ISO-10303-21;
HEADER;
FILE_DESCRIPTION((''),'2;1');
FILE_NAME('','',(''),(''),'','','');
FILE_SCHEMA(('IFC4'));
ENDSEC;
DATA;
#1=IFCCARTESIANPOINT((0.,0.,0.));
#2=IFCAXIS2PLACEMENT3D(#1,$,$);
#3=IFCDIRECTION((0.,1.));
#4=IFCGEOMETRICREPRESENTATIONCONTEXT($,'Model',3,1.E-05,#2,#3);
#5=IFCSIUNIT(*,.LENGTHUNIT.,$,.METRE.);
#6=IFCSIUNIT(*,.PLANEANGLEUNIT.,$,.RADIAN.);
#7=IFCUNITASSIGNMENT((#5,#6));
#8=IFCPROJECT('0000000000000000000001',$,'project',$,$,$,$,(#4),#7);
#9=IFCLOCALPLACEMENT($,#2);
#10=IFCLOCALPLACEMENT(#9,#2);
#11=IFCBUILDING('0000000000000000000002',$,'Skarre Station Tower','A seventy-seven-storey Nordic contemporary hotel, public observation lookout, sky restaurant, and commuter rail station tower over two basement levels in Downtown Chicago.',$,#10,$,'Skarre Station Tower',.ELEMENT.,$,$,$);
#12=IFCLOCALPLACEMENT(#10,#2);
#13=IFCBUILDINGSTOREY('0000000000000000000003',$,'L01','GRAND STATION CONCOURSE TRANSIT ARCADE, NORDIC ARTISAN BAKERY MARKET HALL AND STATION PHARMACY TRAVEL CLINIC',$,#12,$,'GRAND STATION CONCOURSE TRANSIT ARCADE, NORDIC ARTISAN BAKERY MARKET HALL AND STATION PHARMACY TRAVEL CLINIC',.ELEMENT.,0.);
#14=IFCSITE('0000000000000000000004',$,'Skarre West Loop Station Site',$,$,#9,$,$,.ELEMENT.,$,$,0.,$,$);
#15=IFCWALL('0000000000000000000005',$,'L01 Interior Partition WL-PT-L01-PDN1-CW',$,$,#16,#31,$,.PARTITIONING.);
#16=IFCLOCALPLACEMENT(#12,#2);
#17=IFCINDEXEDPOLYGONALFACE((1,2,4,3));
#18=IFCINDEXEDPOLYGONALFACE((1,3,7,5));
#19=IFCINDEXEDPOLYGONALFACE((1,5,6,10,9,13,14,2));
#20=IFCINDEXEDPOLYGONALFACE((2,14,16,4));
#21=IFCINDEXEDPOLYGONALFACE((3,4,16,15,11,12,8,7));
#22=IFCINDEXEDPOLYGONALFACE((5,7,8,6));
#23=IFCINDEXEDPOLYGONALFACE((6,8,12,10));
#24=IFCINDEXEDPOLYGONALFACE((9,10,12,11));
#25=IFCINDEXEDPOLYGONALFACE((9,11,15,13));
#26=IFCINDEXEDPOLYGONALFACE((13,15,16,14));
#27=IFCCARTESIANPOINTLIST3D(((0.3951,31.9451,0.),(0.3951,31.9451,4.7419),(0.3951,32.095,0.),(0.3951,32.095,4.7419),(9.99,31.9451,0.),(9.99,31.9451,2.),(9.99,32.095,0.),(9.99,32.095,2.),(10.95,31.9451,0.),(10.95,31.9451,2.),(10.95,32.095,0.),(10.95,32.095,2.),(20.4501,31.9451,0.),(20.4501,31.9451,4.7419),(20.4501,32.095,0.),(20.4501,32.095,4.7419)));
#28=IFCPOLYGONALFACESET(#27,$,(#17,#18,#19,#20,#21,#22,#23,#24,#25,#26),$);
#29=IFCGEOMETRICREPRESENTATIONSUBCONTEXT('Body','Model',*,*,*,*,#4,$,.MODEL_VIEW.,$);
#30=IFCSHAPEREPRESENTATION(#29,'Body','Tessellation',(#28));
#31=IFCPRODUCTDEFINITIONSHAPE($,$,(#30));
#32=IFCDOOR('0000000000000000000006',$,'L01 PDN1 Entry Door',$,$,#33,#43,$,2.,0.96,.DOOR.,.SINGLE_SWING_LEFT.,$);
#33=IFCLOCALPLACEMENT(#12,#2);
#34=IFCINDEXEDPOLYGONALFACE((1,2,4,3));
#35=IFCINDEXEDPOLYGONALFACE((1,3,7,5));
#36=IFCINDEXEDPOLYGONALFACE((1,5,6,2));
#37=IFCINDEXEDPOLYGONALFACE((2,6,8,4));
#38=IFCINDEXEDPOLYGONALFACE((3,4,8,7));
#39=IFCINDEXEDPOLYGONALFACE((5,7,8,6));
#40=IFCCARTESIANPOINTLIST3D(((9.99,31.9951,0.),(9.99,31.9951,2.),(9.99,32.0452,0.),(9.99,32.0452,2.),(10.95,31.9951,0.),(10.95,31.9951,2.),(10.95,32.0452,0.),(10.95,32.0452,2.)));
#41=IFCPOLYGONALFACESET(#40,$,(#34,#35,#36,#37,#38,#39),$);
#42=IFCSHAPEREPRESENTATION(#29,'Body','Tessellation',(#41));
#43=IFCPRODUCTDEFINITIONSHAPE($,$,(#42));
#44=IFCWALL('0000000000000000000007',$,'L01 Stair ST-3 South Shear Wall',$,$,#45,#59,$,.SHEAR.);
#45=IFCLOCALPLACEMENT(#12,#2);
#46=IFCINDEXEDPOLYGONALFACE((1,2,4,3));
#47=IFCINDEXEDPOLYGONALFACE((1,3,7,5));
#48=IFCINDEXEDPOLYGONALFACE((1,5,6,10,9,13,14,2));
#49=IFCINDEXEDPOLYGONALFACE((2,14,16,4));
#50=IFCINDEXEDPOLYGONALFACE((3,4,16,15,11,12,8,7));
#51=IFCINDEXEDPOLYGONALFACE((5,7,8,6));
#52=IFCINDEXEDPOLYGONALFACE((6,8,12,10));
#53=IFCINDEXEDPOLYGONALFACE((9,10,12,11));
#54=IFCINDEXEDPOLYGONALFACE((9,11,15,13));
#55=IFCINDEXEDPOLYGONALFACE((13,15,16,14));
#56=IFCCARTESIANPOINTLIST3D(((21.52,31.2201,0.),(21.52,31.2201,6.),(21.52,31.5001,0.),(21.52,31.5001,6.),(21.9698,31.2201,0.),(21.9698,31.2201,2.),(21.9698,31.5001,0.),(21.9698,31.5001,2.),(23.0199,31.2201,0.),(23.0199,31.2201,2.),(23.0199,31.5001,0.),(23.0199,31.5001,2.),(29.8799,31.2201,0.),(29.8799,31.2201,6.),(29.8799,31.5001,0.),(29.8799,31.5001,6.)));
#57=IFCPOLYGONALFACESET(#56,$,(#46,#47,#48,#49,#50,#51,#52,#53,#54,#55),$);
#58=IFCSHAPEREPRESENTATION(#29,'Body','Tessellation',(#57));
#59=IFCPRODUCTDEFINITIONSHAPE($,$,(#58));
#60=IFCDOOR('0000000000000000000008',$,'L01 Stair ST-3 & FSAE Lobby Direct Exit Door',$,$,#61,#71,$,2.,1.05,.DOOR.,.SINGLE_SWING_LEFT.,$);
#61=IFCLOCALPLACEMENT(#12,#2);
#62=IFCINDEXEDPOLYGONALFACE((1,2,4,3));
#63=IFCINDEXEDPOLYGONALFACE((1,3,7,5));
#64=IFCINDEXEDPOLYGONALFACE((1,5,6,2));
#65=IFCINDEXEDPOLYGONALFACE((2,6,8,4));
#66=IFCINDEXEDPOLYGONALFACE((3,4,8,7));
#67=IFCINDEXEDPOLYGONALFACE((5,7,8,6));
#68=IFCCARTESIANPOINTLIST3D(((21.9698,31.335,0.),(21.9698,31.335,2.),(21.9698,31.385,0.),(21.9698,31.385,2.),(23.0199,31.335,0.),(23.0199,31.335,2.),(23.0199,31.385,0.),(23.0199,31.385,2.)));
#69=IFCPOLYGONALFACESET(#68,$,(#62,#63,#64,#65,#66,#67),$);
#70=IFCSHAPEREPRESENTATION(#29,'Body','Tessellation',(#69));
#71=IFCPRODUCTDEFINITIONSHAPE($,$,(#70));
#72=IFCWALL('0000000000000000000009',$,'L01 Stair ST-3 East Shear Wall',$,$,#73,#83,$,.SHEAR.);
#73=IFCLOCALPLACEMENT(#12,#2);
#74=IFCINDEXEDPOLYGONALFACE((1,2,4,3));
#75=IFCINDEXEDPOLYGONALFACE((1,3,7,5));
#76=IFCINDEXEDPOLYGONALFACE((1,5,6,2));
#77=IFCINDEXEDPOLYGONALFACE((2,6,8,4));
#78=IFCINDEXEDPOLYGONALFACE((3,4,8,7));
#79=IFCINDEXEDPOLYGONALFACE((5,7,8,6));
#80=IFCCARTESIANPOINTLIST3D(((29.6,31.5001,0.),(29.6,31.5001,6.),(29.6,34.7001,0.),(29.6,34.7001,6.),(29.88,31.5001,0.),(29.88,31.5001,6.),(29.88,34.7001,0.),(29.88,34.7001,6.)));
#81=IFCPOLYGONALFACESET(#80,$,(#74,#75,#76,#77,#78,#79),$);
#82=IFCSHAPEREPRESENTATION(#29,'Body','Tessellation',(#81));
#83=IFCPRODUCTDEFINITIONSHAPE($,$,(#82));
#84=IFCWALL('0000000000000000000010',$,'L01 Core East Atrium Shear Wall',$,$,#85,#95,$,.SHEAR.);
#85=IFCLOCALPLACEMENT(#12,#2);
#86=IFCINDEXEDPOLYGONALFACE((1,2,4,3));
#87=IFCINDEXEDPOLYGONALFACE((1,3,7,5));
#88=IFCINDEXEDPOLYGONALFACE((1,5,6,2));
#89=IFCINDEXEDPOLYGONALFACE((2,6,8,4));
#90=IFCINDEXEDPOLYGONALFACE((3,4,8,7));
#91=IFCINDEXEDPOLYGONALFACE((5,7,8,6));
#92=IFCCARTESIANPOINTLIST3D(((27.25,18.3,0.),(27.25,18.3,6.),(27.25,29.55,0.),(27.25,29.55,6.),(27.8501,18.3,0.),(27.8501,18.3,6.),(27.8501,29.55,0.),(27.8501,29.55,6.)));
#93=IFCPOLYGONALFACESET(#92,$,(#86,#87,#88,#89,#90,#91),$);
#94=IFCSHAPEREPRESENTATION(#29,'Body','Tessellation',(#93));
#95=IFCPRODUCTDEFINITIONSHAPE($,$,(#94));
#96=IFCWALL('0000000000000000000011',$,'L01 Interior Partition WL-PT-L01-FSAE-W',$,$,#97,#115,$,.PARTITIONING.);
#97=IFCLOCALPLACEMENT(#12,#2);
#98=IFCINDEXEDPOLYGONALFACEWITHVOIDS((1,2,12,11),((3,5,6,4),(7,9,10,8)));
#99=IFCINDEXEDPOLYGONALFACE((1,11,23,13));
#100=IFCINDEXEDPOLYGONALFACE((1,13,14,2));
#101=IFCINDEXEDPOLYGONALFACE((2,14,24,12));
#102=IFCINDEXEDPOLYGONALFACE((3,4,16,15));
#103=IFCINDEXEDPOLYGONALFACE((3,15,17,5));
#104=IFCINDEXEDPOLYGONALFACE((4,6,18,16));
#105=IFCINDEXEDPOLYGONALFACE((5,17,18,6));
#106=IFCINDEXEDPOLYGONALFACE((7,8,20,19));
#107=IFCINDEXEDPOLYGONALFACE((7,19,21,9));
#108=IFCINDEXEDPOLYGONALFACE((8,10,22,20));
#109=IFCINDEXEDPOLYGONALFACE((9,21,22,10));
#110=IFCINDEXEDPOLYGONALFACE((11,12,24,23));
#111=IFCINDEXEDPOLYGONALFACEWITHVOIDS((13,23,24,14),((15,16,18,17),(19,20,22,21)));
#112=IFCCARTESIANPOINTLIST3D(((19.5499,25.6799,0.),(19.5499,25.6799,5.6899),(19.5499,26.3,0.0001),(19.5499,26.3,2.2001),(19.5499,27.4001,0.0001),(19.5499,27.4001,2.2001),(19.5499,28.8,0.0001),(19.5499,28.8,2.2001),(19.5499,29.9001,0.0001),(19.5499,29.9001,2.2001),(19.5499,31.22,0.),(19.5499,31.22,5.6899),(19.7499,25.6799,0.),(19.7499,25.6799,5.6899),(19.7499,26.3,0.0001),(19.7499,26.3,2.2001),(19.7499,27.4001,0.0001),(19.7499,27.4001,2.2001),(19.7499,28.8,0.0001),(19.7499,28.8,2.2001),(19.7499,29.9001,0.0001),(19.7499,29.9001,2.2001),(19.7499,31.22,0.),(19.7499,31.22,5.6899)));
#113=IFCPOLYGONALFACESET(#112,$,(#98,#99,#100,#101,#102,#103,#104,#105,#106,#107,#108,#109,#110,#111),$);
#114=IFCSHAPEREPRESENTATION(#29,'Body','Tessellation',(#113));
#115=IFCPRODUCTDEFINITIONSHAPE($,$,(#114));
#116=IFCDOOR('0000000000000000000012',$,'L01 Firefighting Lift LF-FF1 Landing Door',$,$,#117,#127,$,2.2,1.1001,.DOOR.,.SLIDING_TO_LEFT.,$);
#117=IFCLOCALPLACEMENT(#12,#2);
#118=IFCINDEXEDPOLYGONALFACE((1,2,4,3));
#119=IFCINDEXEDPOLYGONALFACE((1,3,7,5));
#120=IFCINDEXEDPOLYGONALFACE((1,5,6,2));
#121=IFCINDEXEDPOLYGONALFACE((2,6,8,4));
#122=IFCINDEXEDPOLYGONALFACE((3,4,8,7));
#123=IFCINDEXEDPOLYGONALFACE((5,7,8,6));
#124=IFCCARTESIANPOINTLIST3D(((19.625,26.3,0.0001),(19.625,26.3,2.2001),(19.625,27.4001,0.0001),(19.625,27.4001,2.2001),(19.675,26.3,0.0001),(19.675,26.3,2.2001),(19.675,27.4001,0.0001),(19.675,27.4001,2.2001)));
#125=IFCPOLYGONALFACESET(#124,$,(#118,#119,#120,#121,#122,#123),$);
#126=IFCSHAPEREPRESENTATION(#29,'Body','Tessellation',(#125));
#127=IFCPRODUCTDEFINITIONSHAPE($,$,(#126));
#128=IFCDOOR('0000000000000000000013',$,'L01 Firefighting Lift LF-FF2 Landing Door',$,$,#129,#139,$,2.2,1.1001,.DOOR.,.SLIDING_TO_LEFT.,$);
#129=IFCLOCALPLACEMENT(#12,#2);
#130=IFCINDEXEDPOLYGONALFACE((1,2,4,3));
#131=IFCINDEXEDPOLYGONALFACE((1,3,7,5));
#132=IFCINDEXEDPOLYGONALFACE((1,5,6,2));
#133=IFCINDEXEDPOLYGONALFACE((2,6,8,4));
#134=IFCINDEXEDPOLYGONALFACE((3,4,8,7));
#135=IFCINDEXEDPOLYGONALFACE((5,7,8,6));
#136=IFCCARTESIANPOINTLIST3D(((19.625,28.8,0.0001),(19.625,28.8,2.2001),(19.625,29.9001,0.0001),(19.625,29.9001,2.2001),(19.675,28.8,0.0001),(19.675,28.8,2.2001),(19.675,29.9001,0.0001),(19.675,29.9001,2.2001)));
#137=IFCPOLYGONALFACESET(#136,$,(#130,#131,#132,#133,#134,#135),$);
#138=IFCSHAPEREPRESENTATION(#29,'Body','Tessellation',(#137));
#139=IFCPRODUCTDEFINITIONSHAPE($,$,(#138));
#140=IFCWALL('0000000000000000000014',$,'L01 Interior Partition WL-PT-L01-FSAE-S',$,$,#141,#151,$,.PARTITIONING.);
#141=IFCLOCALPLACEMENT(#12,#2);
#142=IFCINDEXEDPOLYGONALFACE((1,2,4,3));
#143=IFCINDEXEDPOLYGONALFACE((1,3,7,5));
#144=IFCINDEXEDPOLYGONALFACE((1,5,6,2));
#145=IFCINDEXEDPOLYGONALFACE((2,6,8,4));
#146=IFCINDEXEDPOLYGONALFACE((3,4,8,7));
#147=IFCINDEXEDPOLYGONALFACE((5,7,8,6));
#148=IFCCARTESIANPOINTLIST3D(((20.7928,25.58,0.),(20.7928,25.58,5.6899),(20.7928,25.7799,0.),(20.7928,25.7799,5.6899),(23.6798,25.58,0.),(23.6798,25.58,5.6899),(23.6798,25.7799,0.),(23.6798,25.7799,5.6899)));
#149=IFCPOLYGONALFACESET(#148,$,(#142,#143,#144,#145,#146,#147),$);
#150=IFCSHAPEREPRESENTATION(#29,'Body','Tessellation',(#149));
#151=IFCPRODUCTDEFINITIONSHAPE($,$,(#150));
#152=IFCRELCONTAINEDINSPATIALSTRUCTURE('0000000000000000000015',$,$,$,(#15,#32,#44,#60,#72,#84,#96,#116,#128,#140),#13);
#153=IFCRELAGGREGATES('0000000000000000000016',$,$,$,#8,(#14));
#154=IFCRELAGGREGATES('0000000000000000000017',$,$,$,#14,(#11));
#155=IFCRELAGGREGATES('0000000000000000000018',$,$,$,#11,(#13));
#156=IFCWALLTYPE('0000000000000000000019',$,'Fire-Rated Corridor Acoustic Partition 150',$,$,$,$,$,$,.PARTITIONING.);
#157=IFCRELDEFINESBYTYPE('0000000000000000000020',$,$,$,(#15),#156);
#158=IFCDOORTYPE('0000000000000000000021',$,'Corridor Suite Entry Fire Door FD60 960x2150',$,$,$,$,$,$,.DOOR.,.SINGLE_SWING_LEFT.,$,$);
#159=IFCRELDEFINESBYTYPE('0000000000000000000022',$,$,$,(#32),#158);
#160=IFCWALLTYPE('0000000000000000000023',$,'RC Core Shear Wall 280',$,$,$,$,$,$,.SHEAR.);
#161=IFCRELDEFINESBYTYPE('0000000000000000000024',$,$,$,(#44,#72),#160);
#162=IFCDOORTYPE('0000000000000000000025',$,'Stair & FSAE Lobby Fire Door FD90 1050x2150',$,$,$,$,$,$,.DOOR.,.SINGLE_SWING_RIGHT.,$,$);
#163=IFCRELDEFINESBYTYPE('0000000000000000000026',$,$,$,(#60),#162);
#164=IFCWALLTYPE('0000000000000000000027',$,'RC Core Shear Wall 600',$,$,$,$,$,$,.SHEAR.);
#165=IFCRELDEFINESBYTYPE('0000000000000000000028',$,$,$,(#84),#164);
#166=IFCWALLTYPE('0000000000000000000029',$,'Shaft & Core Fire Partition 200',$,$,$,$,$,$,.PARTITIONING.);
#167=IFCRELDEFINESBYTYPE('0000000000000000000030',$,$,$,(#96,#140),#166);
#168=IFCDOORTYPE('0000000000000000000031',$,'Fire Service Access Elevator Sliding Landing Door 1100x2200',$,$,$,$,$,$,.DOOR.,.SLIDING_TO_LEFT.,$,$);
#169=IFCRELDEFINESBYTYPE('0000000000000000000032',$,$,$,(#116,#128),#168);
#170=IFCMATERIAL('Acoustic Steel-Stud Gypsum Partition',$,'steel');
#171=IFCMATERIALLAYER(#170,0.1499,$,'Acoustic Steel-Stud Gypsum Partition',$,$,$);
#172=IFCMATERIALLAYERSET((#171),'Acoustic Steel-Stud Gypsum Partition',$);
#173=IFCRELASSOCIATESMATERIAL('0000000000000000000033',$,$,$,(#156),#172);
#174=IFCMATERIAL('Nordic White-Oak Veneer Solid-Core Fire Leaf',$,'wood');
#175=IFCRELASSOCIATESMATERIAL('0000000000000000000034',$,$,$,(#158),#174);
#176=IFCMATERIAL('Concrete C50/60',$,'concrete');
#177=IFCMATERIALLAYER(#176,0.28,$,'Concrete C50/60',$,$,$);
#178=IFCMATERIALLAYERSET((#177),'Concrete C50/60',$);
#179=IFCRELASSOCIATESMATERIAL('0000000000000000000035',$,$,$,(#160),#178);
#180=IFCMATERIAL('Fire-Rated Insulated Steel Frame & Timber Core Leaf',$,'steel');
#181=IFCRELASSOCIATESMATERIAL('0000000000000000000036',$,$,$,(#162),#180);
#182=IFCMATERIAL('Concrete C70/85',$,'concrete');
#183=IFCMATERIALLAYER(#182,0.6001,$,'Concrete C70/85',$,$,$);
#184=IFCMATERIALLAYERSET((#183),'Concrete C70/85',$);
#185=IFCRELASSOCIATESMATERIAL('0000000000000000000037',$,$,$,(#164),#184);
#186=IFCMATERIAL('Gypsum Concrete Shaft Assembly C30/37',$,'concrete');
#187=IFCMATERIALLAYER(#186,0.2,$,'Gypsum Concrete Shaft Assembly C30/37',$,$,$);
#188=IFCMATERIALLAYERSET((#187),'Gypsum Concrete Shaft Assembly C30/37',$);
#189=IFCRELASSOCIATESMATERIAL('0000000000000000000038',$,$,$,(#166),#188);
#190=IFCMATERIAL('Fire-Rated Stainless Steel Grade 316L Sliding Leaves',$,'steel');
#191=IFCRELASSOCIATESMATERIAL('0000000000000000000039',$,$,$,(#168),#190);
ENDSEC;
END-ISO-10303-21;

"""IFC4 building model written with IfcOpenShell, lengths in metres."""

from ifc_helpers import new_model, si_unit, direction, frame, frame_2d, origin, place, context, subcontext, project, spatial, rectangle, extrude, material, layer, layer_set, type_object, element, fill, save


model = new_model("IFC4")

# Units and contexts
model_context = context("Model", 3, precision=1e-05, world=origin(), true_north=direction((0.0, 1.0)))
body_context = subcontext(model_context, "Body", "Model", "MODEL_VIEW")
ifc_project = project(units=[si_unit("LENGTHUNIT", "METRE"), si_unit("PLANEANGLEUNIT", "RADIAN")], contexts=[model_context])

# Site, building, storey
site_placement = place(None, origin())
site = spatial("IfcSite", under=ifc_project, at=site_placement, Name="Skarre West Loop Station Site", CompositionType="ELEMENT", RefElevation=0.0)
building_placement = place(site_placement, origin())
building = spatial("IfcBuilding", under=site, at=building_placement, Name="Skarre Station Tower", Description="A seventy-seven-storey Nordic contemporary hotel, public observation lookout, sky restaurant, and commuter rail station tower over two basement levels in Downtown Chicago.", LongName="Skarre Station Tower", CompositionType="ELEMENT")
storey_placement = place(building_placement, origin())
storey = spatial("IfcBuildingStorey", under=building, at=storey_placement, Name="L01", Description="GRAND STATION CONCOURSE TRANSIT ARCADE, NORDIC ARTISAN BAKERY MARKET HALL AND STATION PHARMACY TRAVEL CLINIC", LongName="GRAND STATION CONCOURSE TRANSIT ARCADE, NORDIC ARTISAN BAKERY MARKET HALL AND STATION PHARMACY TRAVEL CLINIC", CompositionType="ELEMENT", Elevation=0.0)

# Walls, openings, doors
ifc_material_1 = material(Name="Acoustic Steel-Stud Gypsum Partition", Category="steel")
ifc_layer_1 = layer(ifc_material_1, 0.1499, Name="Acoustic Steel-Stud Gypsum Partition")
ifc_layer_set_1 = layer_set([ifc_layer_1], Name="Acoustic Steel-Stud Gypsum Partition")
wall_type_1 = type_object("IfcWallType", Name="Fire-Rated Corridor Acoustic Partition 150", PredefinedType="PARTITIONING", material=ifc_layer_set_1)
wall_1_placement = place(storey_placement, frame((20.45, 32.02, 0.0), z_axis=(0.0, 0.0, 1.0), x_axis=(-1.0, 0.0, 0.0)))
wall_1 = element("IfcWall", 1, at=wall_1_placement, inside=storey, type_object=wall_type_1, Name="L01 Interior Partition WL-PT-L01-PDN1-CW", PredefinedType="PARTITIONING", context=body_context, shape_type="SweptSolid", body=[
    extrude(rectangle(XDim=20.0549, YDim=0.1499, at=frame_2d((10.0273, 0.0))), origin(), (0.0, 0.0, 1.0), 4.7419),
])
opening_1_placement = place(wall_1_placement, frame((9.5, 0.0, 0.0)))
opening_1 = element("IfcOpeningElement", 2, at=opening_1_placement, cuts=wall_1, PredefinedType="OPENING", context=body_context, shape_type="SweptSolid", body=[
    extrude(rectangle(XDim=0.96, YDim=2.0, at=frame_2d((0.48, 1.0))), frame((0.0, 0.085, 0.0), z_axis=(0.0, -1.0, 0.0), x_axis=(1.0, 0.0, 0.0)), (0.0, 0.0, 1.0), 0.1699),
])
ifc_material_2 = material(Name="Nordic White-Oak Veneer Solid-Core Fire Leaf", Category="wood")
door_type_1 = type_object("IfcDoorType", Name="Corridor Suite Entry Fire Door FD60 960x2150", OperationType="SINGLE_SWING_LEFT", PredefinedType="DOOR", material=ifc_material_2)
door_1_placement = place(opening_1_placement, origin())
door_1 = element("IfcDoor", 3, at=door_1_placement, inside=storey, type_object=door_type_1, Name="L01 PDN1 Entry Door", OperationType="SINGLE_SWING_LEFT", OverallHeight=2.0, OverallWidth=0.96, PredefinedType="DOOR", context=body_context, shape_type="SweptSolid", body=[
    extrude(rectangle(XDim=0.96, YDim=2.0, at=frame_2d((0.48, 1.0))), frame((0.0, 0.0249, 0.0), z_axis=(0.0, -1.0, 0.0), x_axis=(1.0, 0.0, 0.0)), (0.0, 0.0, 1.0), 0.05),
])
fill(opening_1, door_1)
ifc_material_3 = material(Name="Concrete C50/60", Category="concrete")
ifc_layer_2 = layer(ifc_material_3, 0.28, Name="Concrete C50/60")
ifc_layer_set_2 = layer_set([ifc_layer_2], Name="Concrete C50/60")
wall_type_2 = type_object("IfcWallType", Name="RC Core Shear Wall 280", PredefinedType="SHEAR", material=ifc_layer_set_2)
wall_2_placement = place(storey_placement, frame((21.52, 31.3601, 0.0), z_axis=(0.0, 0.0, 1.0), x_axis=(1.0, 0.0, 0.0)))
wall_2 = element("IfcWall", 4, at=wall_2_placement, inside=storey, type_object=wall_type_2, Name="L01 Stair ST-3 South Shear Wall", PredefinedType="SHEAR", context=body_context, shape_type="SweptSolid", body=[
    extrude(rectangle(XDim=8.3599, YDim=0.28, at=frame_2d((4.1799, 0.0))), origin(), (0.0, 0.0, 1.0), 6.0),
])
opening_2_placement = place(wall_2_placement, frame((0.45, 0.0, 0.0)))
opening_2 = element("IfcOpeningElement", 5, at=opening_2_placement, cuts=wall_2, PredefinedType="OPENING", context=body_context, shape_type="SweptSolid", body=[
    extrude(rectangle(XDim=1.05, YDim=2.0, at=frame_2d((0.5249, 1.0))), frame((0.0, 0.1499, 0.0), z_axis=(0.0, -1.0, 0.0), x_axis=(1.0, 0.0, 0.0)), (0.0, 0.0, 1.0), 0.3),
])
ifc_material_4 = material(Name="Fire-Rated Insulated Steel Frame & Timber Core Leaf", Category="steel")
door_type_2 = type_object("IfcDoorType", Name="Stair & FSAE Lobby Fire Door FD90 1050x2150", OperationType="SINGLE_SWING_RIGHT", PredefinedType="DOOR", material=ifc_material_4)
door_2_placement = place(opening_2_placement, origin())
door_2 = element("IfcDoor", 6, at=door_2_placement, inside=storey, type_object=door_type_2, Name="L01 Stair ST-3 & FSAE Lobby Direct Exit Door", OperationType="SINGLE_SWING_LEFT", OverallHeight=2.0, OverallWidth=1.05, PredefinedType="DOOR", context=body_context, shape_type="SweptSolid", body=[
    extrude(rectangle(XDim=1.05, YDim=2.0, at=frame_2d((0.5249, 1.0))), frame((0.0, 0.0249, 0.0), z_axis=(0.0, -1.0, 0.0), x_axis=(1.0, 0.0, 0.0)), (0.0, 0.0, 1.0), 0.05),
])
fill(opening_2, door_2)

# Walls
wall_3_placement = place(storey_placement, frame((29.74, 31.5, 0.0), z_axis=(0.0, 0.0, 1.0), x_axis=(0.0, 1.0, 0.0)))
element("IfcWall", 7, at=wall_3_placement, inside=storey, type_object=wall_type_2, Name="L01 Stair ST-3 East Shear Wall", PredefinedType="SHEAR", context=body_context, shape_type="SweptSolid", body=[
    extrude(rectangle(XDim=3.2, YDim=0.28, at=frame_2d((1.6001, 0.0))), origin(), (0.0, 0.0, 1.0), 6.0),
])
ifc_material_5 = material(Name="Concrete C70/85", Category="concrete")
ifc_layer_3 = layer(ifc_material_5, 0.6001, Name="Concrete C70/85")
ifc_layer_set_3 = layer_set([ifc_layer_3], Name="Concrete C70/85")
wall_type_3 = type_object("IfcWallType", Name="RC Core Shear Wall 600", PredefinedType="SHEAR", material=ifc_layer_set_3)
wall_4_placement = place(storey_placement, frame((27.55, 29.55, 0.0), z_axis=(0.0, 0.0, 1.0), x_axis=(0.0, -1.0, 0.0)))
element("IfcWall", 8, at=wall_4_placement, inside=storey, type_object=wall_type_3, Name="L01 Core East Atrium Shear Wall", PredefinedType="SHEAR", context=body_context, shape_type="SweptSolid", body=[
    extrude(rectangle(XDim=11.25, YDim=0.6001, at=frame_2d((5.625, 0.0))), origin(), (0.0, 0.0, 1.0), 6.0),
])

# Wall, openings, doors
ifc_material_6 = material(Name="Gypsum Concrete Shaft Assembly C30/37", Category="concrete")
ifc_layer_4 = layer(ifc_material_6, 0.2, Name="Gypsum Concrete Shaft Assembly C30/37")
ifc_layer_set_4 = layer_set([ifc_layer_4], Name="Gypsum Concrete Shaft Assembly C30/37")
wall_type_4 = type_object("IfcWallType", Name="Shaft & Core Fire Partition 200", PredefinedType="PARTITIONING", material=ifc_layer_set_4)
wall_5_placement = place(storey_placement, frame((19.6499, 25.6799, 0.0), z_axis=(0.0, 0.0, 1.0), x_axis=(0.0, 1.0, 0.0)))
wall_5 = element("IfcWall", 9, at=wall_5_placement, inside=storey, type_object=wall_type_4, Name="L01 Interior Partition WL-PT-L01-FSAE-W", PredefinedType="PARTITIONING", context=body_context, shape_type="SweptSolid", body=[
    extrude(rectangle(XDim=5.54, YDim=0.2, at=frame_2d((2.77, 0.0))), origin(), (0.0, 0.0, 1.0), 5.6899),
])
opening_3_placement = place(wall_5_placement, frame((0.6201, 0.0, 0.0)))
opening_3 = element("IfcOpeningElement", 10, at=opening_3_placement, cuts=wall_5, PredefinedType="OPENING", context=body_context, shape_type="SweptSolid", body=[
    extrude(rectangle(XDim=1.1001, YDim=2.2, at=frame_2d((0.55, 1.1001))), frame((0.0, 0.1099, 0.0), z_axis=(0.0, -1.0, 0.0), x_axis=(1.0, 0.0, 0.0)), (0.0, 0.0, 1.0), 0.22),
])
opening_4_placement = place(wall_5_placement, frame((3.1201, 0.0, 0.0)))
opening_4 = element("IfcOpeningElement", 11, at=opening_4_placement, cuts=wall_5, PredefinedType="OPENING", context=body_context, shape_type="SweptSolid", body=[
    extrude(rectangle(XDim=1.1001, YDim=2.2, at=frame_2d((0.55, 1.1001))), frame((0.0, 0.1099, 0.0), z_axis=(0.0, -1.0, 0.0), x_axis=(1.0, 0.0, 0.0)), (0.0, 0.0, 1.0), 0.22),
])
ifc_material_7 = material(Name="Fire-Rated Stainless Steel Grade 316L Sliding Leaves", Category="steel")
door_type_3 = type_object("IfcDoorType", Name="Fire Service Access Elevator Sliding Landing Door 1100x2200", OperationType="SLIDING_TO_LEFT", PredefinedType="DOOR", material=ifc_material_7)
door_3_placement = place(opening_3_placement, origin())
door_3 = element("IfcDoor", 12, at=door_3_placement, inside=storey, type_object=door_type_3, Name="L01 Firefighting Lift LF-FF1 Landing Door", OperationType="SLIDING_TO_LEFT", OverallHeight=2.2, OverallWidth=1.1001, PredefinedType="DOOR", context=body_context, shape_type="SweptSolid", body=[
    extrude(rectangle(XDim=1.1001, YDim=2.2, at=frame_2d((0.55, 1.1001))), frame((0.0, 0.0249, 0.0), z_axis=(0.0, -1.0, 0.0), x_axis=(1.0, 0.0, 0.0)), (0.0, 0.0, 1.0), 0.05),
])
fill(opening_3, door_3)
door_4_placement = place(opening_4_placement, origin())
door_4 = element("IfcDoor", 13, at=door_4_placement, inside=storey, type_object=door_type_3, Name="L01 Firefighting Lift LF-FF2 Landing Door", OperationType="SLIDING_TO_LEFT", OverallHeight=2.2, OverallWidth=1.1001, PredefinedType="DOOR", context=body_context, shape_type="SweptSolid", body=[
    extrude(rectangle(XDim=1.1001, YDim=2.2, at=frame_2d((0.55, 1.1001))), frame((0.0, 0.0249, 0.0), z_axis=(0.0, -1.0, 0.0), x_axis=(1.0, 0.0, 0.0)), (0.0, 0.0, 1.0), 0.05),
])
fill(opening_4, door_4)

# Wall
wall_6_placement = place(storey_placement, frame((20.793, 25.6799, 0.0), z_axis=(0.0, 0.0, 1.0), x_axis=(1.0, 0.0, 0.0)))
element("IfcWall", 14, at=wall_6_placement, inside=storey, type_object=wall_type_4, Name="L01 Interior Partition WL-PT-L01-FSAE-S", PredefinedType="PARTITIONING", context=body_context, shape_type="SweptSolid", body=[
    extrude(rectangle(XDim=2.887, YDim=0.2, at=frame_2d((1.4434, 0.0))), origin(), (0.0, 0.0, 1.0), 5.6899),
])

save(model, "model.ifc")
